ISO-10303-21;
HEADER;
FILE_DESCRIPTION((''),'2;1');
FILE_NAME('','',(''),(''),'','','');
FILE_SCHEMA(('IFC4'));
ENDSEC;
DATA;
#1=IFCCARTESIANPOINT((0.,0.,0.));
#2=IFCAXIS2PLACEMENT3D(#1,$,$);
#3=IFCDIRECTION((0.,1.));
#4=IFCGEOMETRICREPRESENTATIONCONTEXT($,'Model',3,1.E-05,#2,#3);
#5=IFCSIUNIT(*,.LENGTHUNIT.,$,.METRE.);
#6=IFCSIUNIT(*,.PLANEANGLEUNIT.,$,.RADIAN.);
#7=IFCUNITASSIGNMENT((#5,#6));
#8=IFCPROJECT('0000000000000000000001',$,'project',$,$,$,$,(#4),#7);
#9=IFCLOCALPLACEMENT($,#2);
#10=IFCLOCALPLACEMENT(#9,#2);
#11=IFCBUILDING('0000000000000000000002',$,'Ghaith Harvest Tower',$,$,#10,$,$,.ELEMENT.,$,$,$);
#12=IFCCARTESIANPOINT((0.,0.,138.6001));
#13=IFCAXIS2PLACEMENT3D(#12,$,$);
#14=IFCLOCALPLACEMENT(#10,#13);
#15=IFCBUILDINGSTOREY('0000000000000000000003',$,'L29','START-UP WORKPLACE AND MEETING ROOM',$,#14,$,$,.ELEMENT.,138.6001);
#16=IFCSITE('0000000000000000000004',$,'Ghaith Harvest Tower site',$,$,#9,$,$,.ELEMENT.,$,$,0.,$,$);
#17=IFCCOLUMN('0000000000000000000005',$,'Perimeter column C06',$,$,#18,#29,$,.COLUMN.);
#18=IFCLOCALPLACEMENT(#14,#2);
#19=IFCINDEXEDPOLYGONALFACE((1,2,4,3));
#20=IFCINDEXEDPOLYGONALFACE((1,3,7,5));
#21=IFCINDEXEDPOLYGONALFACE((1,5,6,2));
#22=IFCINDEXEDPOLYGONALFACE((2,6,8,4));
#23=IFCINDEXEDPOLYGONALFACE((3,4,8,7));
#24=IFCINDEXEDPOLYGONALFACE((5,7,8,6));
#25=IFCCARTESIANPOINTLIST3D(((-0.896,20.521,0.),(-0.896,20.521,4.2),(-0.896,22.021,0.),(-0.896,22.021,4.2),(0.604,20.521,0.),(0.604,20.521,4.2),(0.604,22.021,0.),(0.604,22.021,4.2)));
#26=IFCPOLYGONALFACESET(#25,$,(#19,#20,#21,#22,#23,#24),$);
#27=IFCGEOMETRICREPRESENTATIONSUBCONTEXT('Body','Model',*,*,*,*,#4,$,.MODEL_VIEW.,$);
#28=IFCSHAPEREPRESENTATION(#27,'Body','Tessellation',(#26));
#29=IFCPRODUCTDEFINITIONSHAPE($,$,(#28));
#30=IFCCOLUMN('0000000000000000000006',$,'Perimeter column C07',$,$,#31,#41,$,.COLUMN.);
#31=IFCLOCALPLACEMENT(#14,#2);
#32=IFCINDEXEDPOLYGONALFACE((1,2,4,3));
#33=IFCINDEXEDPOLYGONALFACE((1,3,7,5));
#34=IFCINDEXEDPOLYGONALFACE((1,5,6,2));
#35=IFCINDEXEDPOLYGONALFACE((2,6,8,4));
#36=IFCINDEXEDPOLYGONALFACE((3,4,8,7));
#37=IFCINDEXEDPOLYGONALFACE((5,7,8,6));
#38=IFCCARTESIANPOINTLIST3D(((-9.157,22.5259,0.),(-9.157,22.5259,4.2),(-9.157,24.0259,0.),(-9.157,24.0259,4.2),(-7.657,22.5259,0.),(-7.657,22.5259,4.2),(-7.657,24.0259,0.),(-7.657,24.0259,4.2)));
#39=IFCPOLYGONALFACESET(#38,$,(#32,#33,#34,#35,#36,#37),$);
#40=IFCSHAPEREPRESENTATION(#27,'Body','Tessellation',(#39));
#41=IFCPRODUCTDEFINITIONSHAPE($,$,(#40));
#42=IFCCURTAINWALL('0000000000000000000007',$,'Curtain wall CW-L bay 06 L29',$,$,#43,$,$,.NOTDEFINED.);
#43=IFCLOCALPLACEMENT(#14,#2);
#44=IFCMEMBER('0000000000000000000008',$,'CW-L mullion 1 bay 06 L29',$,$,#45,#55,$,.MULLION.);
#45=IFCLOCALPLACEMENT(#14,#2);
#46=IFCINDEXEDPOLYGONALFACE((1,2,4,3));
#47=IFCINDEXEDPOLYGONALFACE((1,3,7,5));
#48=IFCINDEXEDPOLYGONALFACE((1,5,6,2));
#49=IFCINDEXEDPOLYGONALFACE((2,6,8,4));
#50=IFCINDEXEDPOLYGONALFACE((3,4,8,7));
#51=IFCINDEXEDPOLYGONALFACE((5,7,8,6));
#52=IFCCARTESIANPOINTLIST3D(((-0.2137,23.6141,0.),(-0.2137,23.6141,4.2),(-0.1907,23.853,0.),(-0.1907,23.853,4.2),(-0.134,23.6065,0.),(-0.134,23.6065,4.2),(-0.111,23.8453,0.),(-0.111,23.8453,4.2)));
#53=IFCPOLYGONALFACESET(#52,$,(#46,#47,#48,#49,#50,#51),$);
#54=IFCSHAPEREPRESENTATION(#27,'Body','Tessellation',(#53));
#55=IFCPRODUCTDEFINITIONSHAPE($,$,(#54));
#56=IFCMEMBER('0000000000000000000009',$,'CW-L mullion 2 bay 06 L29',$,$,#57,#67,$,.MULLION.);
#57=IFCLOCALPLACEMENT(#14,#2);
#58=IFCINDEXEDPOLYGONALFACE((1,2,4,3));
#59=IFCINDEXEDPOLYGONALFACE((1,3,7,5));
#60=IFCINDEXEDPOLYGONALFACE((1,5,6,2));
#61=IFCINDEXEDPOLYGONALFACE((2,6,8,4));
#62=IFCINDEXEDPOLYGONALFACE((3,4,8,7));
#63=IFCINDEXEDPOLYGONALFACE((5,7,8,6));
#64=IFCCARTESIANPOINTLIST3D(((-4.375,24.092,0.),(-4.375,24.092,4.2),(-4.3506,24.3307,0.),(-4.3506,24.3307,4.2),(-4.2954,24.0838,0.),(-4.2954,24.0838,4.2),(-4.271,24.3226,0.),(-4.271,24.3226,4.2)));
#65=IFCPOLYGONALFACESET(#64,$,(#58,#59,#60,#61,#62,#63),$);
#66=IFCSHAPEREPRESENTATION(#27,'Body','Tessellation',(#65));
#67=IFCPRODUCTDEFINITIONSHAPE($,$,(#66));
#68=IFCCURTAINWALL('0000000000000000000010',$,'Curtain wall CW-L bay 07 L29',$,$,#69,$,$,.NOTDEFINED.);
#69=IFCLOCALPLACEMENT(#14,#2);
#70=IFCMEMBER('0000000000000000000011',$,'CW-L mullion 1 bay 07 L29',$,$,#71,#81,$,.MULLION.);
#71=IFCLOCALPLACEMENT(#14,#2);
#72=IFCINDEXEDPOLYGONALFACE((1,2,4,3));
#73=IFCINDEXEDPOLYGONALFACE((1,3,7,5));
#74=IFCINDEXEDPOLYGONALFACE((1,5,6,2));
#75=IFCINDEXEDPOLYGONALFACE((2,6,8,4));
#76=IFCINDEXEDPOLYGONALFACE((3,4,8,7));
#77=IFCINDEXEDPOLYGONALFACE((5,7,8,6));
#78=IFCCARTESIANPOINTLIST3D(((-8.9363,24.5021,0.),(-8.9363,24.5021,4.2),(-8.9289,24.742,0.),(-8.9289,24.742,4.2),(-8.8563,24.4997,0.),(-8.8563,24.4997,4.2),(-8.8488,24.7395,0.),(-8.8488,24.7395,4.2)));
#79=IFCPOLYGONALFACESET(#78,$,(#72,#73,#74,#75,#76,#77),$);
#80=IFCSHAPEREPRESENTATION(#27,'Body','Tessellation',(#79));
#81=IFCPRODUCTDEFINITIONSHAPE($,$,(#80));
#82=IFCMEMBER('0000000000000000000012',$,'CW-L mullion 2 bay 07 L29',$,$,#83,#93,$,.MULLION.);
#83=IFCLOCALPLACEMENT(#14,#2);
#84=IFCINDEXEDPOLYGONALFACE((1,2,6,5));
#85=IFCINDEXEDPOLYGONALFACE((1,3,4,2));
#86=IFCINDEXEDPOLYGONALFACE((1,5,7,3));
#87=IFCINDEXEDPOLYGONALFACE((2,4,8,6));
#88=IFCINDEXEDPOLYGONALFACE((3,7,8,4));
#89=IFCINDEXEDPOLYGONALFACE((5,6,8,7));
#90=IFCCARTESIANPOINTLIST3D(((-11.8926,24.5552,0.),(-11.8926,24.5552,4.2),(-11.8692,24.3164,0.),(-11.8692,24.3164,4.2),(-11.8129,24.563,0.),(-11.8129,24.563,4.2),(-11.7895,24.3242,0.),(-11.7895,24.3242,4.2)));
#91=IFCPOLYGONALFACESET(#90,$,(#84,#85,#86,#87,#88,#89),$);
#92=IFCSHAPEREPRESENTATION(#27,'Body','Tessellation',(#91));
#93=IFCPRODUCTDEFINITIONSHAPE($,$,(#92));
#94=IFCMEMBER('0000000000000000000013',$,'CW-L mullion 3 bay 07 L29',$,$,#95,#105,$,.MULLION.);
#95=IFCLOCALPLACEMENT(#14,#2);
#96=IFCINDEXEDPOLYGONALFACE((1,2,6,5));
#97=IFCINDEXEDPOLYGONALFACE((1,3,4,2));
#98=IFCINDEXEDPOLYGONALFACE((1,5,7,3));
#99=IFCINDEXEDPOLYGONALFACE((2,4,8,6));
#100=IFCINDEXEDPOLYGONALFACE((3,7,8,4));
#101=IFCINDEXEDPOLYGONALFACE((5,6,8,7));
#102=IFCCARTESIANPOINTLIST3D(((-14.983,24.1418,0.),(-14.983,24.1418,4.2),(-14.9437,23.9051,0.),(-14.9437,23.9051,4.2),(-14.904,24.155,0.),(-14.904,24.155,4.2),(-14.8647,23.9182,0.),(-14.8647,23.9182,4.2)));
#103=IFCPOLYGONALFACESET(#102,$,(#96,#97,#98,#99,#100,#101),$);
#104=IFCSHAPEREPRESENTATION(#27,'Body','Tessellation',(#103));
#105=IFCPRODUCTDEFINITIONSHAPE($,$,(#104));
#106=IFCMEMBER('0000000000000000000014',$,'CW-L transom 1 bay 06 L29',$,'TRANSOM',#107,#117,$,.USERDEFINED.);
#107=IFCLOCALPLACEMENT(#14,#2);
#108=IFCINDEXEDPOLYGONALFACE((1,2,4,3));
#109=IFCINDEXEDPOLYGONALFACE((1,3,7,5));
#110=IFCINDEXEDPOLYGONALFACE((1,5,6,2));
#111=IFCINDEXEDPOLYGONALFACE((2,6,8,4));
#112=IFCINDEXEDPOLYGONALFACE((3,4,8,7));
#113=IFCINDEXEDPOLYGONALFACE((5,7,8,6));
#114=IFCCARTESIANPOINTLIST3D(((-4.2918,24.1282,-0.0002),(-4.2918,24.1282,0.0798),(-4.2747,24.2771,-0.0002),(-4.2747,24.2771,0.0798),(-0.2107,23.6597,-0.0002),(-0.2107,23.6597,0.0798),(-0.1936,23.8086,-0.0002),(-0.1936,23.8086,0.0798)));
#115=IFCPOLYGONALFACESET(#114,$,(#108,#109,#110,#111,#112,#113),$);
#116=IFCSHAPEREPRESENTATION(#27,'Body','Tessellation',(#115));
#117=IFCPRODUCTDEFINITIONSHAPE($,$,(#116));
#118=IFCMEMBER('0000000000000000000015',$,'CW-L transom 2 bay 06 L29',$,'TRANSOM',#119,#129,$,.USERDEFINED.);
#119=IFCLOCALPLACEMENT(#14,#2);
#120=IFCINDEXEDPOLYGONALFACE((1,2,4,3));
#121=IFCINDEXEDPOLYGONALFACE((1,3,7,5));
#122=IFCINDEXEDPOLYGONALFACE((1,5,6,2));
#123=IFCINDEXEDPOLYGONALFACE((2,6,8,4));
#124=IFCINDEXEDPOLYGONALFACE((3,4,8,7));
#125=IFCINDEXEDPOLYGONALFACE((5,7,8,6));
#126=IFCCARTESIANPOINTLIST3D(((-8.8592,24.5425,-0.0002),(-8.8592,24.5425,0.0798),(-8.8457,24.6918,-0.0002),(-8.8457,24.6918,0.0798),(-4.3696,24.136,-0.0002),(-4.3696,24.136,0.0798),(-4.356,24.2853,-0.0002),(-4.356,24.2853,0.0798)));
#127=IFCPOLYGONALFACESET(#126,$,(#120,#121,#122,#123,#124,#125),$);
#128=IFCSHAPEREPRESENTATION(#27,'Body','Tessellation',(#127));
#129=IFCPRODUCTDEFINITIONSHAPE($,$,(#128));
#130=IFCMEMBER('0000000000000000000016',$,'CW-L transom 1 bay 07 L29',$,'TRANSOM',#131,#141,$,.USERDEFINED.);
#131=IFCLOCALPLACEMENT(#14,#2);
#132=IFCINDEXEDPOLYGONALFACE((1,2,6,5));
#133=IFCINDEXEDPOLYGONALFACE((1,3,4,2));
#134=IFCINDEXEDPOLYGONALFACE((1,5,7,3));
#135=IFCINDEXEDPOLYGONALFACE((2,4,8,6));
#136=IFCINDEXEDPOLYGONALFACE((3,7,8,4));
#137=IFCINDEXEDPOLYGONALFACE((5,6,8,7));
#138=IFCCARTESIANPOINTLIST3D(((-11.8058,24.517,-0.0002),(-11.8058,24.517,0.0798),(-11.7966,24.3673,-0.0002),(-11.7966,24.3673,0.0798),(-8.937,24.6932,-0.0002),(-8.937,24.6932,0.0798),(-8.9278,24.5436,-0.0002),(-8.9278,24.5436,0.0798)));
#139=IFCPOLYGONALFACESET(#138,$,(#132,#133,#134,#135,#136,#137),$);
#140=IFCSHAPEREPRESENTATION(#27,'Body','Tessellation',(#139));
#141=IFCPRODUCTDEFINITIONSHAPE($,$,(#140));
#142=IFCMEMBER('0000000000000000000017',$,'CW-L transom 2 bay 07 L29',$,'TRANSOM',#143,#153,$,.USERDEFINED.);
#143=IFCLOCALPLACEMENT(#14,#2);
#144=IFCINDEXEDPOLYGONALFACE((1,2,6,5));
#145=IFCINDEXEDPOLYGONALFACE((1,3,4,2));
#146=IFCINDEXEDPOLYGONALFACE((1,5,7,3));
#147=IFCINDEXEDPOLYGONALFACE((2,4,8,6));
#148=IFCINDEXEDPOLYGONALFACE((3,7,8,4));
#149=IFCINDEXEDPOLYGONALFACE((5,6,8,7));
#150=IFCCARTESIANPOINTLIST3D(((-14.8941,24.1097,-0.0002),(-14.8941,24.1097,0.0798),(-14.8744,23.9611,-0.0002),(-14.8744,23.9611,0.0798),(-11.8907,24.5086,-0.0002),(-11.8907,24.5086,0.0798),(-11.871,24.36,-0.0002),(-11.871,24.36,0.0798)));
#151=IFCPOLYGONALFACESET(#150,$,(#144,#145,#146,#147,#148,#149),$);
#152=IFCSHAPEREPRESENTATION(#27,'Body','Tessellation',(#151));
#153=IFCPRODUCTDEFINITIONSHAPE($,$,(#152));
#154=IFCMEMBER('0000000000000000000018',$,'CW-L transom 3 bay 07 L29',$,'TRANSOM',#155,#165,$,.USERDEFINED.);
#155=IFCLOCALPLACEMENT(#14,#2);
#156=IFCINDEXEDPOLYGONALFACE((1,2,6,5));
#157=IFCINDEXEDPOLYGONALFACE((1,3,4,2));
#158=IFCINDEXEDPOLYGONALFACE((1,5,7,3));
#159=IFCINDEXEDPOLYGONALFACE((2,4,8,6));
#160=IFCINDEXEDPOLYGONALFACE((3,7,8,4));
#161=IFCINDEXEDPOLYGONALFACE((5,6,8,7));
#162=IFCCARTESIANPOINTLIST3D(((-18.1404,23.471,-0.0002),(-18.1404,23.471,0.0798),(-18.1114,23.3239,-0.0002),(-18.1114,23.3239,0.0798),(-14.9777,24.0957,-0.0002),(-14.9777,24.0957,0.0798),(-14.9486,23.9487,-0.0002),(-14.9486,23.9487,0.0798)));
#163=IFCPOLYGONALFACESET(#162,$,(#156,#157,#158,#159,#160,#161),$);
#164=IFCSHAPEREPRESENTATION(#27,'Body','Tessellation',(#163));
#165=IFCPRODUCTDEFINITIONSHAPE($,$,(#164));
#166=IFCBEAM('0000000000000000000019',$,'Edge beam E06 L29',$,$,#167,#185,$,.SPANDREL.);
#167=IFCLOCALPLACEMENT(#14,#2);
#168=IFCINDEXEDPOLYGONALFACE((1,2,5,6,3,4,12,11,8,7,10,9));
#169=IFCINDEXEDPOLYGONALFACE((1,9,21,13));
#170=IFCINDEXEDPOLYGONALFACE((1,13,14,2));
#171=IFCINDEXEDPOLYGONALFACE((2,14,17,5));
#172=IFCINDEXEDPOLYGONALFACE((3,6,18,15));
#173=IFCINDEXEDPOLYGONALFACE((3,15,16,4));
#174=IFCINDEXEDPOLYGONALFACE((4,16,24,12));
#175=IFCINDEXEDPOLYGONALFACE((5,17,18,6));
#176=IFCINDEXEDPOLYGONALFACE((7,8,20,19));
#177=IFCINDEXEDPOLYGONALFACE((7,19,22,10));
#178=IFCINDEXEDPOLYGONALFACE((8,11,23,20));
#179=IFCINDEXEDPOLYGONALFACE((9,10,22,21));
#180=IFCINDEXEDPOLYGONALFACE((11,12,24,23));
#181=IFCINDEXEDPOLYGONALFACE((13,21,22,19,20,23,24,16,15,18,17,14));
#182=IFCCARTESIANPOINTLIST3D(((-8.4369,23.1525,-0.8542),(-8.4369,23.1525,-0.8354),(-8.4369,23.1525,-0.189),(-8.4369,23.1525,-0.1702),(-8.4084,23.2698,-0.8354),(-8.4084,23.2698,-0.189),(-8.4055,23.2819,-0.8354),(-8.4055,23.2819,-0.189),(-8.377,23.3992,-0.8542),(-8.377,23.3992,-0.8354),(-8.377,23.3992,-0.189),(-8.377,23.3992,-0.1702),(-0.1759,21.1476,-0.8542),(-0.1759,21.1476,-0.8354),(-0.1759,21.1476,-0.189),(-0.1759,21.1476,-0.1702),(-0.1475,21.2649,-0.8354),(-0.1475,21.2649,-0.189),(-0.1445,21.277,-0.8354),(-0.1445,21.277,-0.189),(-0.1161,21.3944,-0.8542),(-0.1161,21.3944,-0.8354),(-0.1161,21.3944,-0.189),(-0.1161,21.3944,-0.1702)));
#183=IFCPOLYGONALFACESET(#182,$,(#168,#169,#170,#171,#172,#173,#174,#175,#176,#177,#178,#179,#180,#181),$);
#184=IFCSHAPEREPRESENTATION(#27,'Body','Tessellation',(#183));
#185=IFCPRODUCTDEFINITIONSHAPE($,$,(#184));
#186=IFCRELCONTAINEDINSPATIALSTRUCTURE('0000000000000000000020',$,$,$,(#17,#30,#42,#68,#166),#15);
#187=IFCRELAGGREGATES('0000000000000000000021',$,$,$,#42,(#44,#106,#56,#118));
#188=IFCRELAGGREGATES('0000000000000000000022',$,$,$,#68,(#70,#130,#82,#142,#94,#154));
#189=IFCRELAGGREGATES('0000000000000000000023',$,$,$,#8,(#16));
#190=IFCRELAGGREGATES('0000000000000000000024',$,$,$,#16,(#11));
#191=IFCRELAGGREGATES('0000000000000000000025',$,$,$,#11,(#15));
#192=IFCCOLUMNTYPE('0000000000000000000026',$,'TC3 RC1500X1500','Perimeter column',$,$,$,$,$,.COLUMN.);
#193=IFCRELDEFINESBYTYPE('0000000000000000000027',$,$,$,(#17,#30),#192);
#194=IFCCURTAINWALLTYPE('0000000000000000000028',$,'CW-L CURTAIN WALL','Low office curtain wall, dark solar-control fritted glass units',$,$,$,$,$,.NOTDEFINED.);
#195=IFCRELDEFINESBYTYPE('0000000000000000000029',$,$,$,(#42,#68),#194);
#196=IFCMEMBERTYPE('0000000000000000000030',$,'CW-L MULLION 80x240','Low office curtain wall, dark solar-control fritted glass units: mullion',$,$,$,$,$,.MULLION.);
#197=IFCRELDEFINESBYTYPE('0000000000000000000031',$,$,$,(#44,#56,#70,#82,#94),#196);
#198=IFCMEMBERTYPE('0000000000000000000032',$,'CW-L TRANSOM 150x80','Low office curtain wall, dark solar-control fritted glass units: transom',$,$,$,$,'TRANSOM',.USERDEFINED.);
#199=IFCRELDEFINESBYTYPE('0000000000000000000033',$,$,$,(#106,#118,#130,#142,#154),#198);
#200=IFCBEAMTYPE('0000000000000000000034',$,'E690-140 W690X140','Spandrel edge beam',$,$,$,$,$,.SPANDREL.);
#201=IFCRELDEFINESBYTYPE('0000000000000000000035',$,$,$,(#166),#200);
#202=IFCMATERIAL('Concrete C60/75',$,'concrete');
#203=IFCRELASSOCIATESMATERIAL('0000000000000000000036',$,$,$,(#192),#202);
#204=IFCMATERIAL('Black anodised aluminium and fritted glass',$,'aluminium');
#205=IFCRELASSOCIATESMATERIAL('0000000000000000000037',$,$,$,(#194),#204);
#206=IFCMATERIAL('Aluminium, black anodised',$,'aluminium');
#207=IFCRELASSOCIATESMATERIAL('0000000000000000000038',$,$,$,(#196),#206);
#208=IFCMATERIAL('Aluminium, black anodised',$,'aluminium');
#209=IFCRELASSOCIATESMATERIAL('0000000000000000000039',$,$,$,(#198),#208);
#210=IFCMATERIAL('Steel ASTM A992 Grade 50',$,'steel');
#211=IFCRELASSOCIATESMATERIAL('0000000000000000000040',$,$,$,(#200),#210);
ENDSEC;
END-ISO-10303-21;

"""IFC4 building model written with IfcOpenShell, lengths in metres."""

from ifc_helpers import new_model, si_unit, direction, frame, origin, origin_2d, place, context, subcontext, project, spatial, rectangle, i_section, extrude, material, material_profile, profile_set, type_object, element, aggregate, save


model = new_model("IFC4")

# Units and contexts
model_context = context("Model", 3, precision=1e-05, world=origin(), true_north=direction((0.0, 1.0)))
body_context = subcontext(model_context, "Body", "Model", "MODEL_VIEW")
ifc_project = project(units=[si_unit("LENGTHUNIT", "METRE"), si_unit("PLANEANGLEUNIT", "RADIAN")], contexts=[model_context])

# Site, building, storey
site_placement = place(None, origin())
site = spatial("IfcSite", under=ifc_project, at=site_placement, Name="Ghaith Harvest Tower site", CompositionType="ELEMENT", RefElevation=0.0)
building_placement = place(site_placement, origin())
building = spatial("IfcBuilding", under=site, at=building_placement, Name="Ghaith Harvest Tower", CompositionType="ELEMENT")
storey_placement = place(building_placement, frame((0.0, 0.0, 138.6001)))
storey = spatial("IfcBuildingStorey", under=building, at=storey_placement, Name="L29", Description="START-UP WORKPLACE AND MEETING ROOM", CompositionType="ELEMENT", Elevation=138.6001)

# Columns
ifc_material_1 = material(Name="Concrete C60/75", Category="concrete")
ifc_material_profile_1 = material_profile(ifc_material_1, rectangle(XDim=1.5, YDim=1.5, at=origin_2d()), Name="RC1500X1500")
ifc_profile_set_1 = profile_set([ifc_material_profile_1], Name="Concrete C60/75")
column_type = type_object("IfcColumnType", Name="TC3 RC1500X1500", Description="Perimeter column", PredefinedType="COLUMN", material=ifc_profile_set_1)
for number, where, z_axis, x_axis, name in (
    (1, (-0.146, 21.271, 0.0), (0.0, 0.0, 1.0), (1.0, 0.0, 0.0), "Perimeter column C06"),
    (2, (-8.407, 23.2759, 0.0), (0.0, 0.0, 1.0), (1.0, 0.0, 0.0), "Perimeter column C07"),
):
    element("IfcColumn", number, at=place(storey_placement, frame(where, z_axis=z_axis, x_axis=x_axis)), inside=storey, type_object=column_type, Name=name, PredefinedType="COLUMN", context=body_context, shape_type="SweptSolid", body=[
        extrude(rectangle(XDim=1.5, YDim=1.5, at=origin_2d()), origin(), (0.0, 0.0, 1.0), 4.2),
    ])

# Curtain walls, members
ifc_material_2 = material(Name="Black anodised aluminium and fritted glass", Category="aluminium")
curtain_wall_type = type_object("IfcCurtainWallType", Name="CW-L CURTAIN WALL", Description="Low office curtain wall, dark solar-control fritted glass units", PredefinedType="NOTDEFINED", material=ifc_material_2)
curtain_wall_1_placement = place(storey_placement, origin())
curtain_wall_1 = element("IfcCurtainWall", 3, at=curtain_wall_1_placement, inside=storey, type_object=curtain_wall_type, Name="Curtain wall CW-L bay 06 L29", PredefinedType="NOTDEFINED")
ifc_material_3 = material(Name="Aluminium, black anodised", Category="aluminium")
ifc_material_profile_2 = material_profile(ifc_material_3, rectangle(XDim=0.0801, YDim=0.24, at=origin_2d()), Name="CW-L MULLION 80x240")
ifc_profile_set_2 = profile_set([ifc_material_profile_2], Name="Aluminium, black anodised")
member_type_1 = type_object("IfcMemberType", Name="CW-L MULLION 80x240", Description="Low office curtain wall, dark solar-control fritted glass units: mullion", PredefinedType="MULLION", material=ifc_profile_set_2)
member_1_placement = place(storey_placement, frame((-0.1624, 23.7297, 0.0), z_axis=(0.0, 0.0, 1.0), x_axis=(-0.995388, 0.09593, 0.0)))
member_1 = element("IfcMember", 4, at=member_1_placement, type_object=member_type_1, Name="CW-L mullion 1 bay 06 L29", PredefinedType="MULLION", context=body_context, shape_type="SweptSolid", body=[
    extrude(rectangle(XDim=0.0801, YDim=0.24, at=origin_2d()), origin(), (0.0, 0.0, 1.0), 4.2),
])
member_2_placement = place(storey_placement, frame((-4.323, 24.2073, 0.0), z_axis=(0.0, 0.0, 1.0), x_axis=(-0.99483, 0.101551, 0.0)))
member_2 = element("IfcMember", 5, at=member_2_placement, type_object=member_type_1, Name="CW-L mullion 2 bay 06 L29", PredefinedType="MULLION", context=body_context, shape_type="SweptSolid", body=[
    extrude(rectangle(XDim=0.0801, YDim=0.24, at=origin_2d()), origin(), (0.0, 0.0, 1.0), 4.2),
])
curtain_wall_2_placement = place(storey_placement, origin())
curtain_wall_2 = element("IfcCurtainWall", 6, at=curtain_wall_2_placement, inside=storey, type_object=curtain_wall_type, Name="Curtain wall CW-L bay 07 L29", PredefinedType="NOTDEFINED")
member_3_placement = place(storey_placement, frame((-8.8926, 24.6208, 0.0), z_axis=(0.0, 0.0, 1.0), x_axis=(-0.999522, 0.030909, 0.0)))
member_3 = element("IfcMember", 7, at=member_3_placement, type_object=member_type_1, Name="CW-L mullion 1 bay 07 L29", PredefinedType="MULLION", context=body_context, shape_type="SweptSolid", body=[
    extrude(rectangle(XDim=0.0801, YDim=0.24, at=origin_2d()), origin(), (0.0, 0.0, 1.0), 4.2),
])
member_4_placement = place(storey_placement, frame((-11.8411, 24.4397, 0.0), z_axis=(0.0, 0.0, 1.0), x_axis=(-0.995238, -0.09748, 0.0)))
member_4 = element("IfcMember", 8, at=member_4_placement, type_object=member_type_1, Name="CW-L mullion 2 bay 07 L29", PredefinedType="MULLION", context=body_context, shape_type="SweptSolid", body=[
    extrude(rectangle(XDim=0.0801, YDim=0.24, at=origin_2d()), origin(), (0.0, 0.0, 1.0), 4.2),
])
member_5_placement = place(storey_placement, frame((-14.9238, 24.03, 0.0), z_axis=(0.0, 0.0, 1.0), x_axis=(-0.986495, -0.163794, 0.0)))
member_5 = element("IfcMember", 9, at=member_5_placement, type_object=member_type_1, Name="CW-L mullion 3 bay 07 L29", PredefinedType="MULLION", context=body_context, shape_type="SweptSolid", body=[
    extrude(rectangle(XDim=0.0801, YDim=0.24, at=origin_2d()), origin(), (0.0, 0.0, 1.0), 4.2),
])

# Members
ifc_material_4 = material(Name="Aluminium, black anodised", Category="aluminium")
ifc_material_profile_3 = material_profile(ifc_material_4, rectangle(XDim=0.1499, YDim=0.0801, at=origin_2d()), Name="CW-L TRANSOM 150x80")
ifc_profile_set_3 = profile_set([ifc_material_profile_3], Name="Aluminium, black anodised")
member_type_2 = type_object("IfcMemberType", Name="CW-L TRANSOM 150x80", Description="Low office curtain wall, dark solar-control fritted glass units: transom", ElementType="TRANSOM", PredefinedType="USERDEFINED", material=ifc_profile_set_3)
member_6_placement = place(storey_placement, frame((-0.2021, 23.7341, 0.0398), z_axis=(-0.993475, 0.114051, 0.0), x_axis=(-0.114051, -0.993475, 0.0)))
member_6 = element("IfcMember", 10, at=member_6_placement, type_object=member_type_2, Name="CW-L transom 1 bay 06 L29", ObjectType="TRANSOM", PredefinedType="USERDEFINED", context=body_context, shape_type="SweptSolid", body=[
    extrude(rectangle(XDim=0.1499, YDim=0.0801, at=origin_2d()), origin(), (0.0, 0.0, 1.0), 4.1079),
])
member_7_placement = place(storey_placement, frame((-4.3628, 24.2107, 0.0398), z_axis=(-0.995926, 0.09017, 0.0), x_axis=(-0.09017, -0.995926, 0.0)))
member_7 = element("IfcMember", 11, at=member_7_placement, type_object=member_type_2, Name="CW-L transom 2 bay 06 L29", ObjectType="TRANSOM", PredefinedType="USERDEFINED", context=body_context, shape_type="SweptSolid", body=[
    extrude(rectangle(XDim=0.1499, YDim=0.0801, at=origin_2d()), origin(), (0.0, 0.0, 1.0), 4.5081),
])
member_8_placement = place(storey_placement, frame((-8.9324, 24.6184, 0.0398), z_axis=(-0.998118, -0.061326, 0.0), x_axis=(0.061326, -0.998118, 0.0)))
member_8 = element("IfcMember", 12, at=member_8_placement, type_object=member_type_2, Name="CW-L transom 1 bay 07 L29", ObjectType="TRANSOM", PredefinedType="USERDEFINED", context=body_context, shape_type="SweptSolid", body=[
    extrude(rectangle(XDim=0.1499, YDim=0.0801, at=origin_2d()), origin(), (0.0, 0.0, 1.0), 2.8743),
])
member_9_placement = place(storey_placement, frame((-11.8809, 24.4343, 0.0398), z_axis=(-0.991294, -0.131668, 0.0), x_axis=(0.131668, -0.991294, 0.0)))
member_9 = element("IfcMember", 13, at=member_9_placement, type_object=member_type_2, Name="CW-L transom 2 bay 07 L29", ObjectType="TRANSOM", PredefinedType="USERDEFINED", context=body_context, shape_type="SweptSolid", body=[
    extrude(rectangle(XDim=0.1499, YDim=0.0801, at=origin_2d()), origin(), (0.0, 0.0, 1.0), 3.0298),
])
member_10_placement = place(storey_placement, frame((-14.9631, 24.0222, 0.0398), z_axis=(-0.981044, -0.193786, 0.0), x_axis=(0.193786, -0.981044, 0.0)))
member_10 = element("IfcMember", 14, at=member_10_placement, type_object=member_type_2, Name="CW-L transom 3 bay 07 L29", ObjectType="TRANSOM", PredefinedType="USERDEFINED", context=body_context, shape_type="SweptSolid", body=[
    extrude(rectangle(XDim=0.1499, YDim=0.0801, at=origin_2d()), origin(), (0.0, 0.0, 1.0), 3.2239),
])

# Beam
ifc_material_5 = material(Name="Steel ASTM A992 Grade 50", Category="steel")
ifc_material_profile_4 = material_profile(ifc_material_5, i_section(OverallWidth=0.2539, OverallDepth=0.6841, WebThickness=0.0125, FlangeThickness=0.0188, at=origin_2d()), Name="W690X140")
ifc_profile_set_4 = profile_set([ifc_material_profile_4], Name="Steel ASTM A992 Grade 50")
beam_type = type_object("IfcBeamType", Name="E690-140 W690X140", Description="Spandrel edge beam", PredefinedType="SPANDREL", material=ifc_profile_set_4)
beam_1_placement = place(storey_placement, frame((-0.146, 21.271, -0.5122), z_axis=(-0.97179, 0.235847, 0.0), x_axis=(-0.235847, -0.97179, 0.0)))
element("IfcBeam", 15, at=beam_1_placement, inside=storey, type_object=beam_type, Name="Edge beam E06 L29", PredefinedType="SPANDREL", context=body_context, shape_type="SweptSolid", body=[
    extrude(i_section(OverallWidth=0.2539, OverallDepth=0.6841, WebThickness=0.0125, FlangeThickness=0.0188, at=origin_2d()), origin(), (0.0, 0.0, 1.0), 8.5007),
])

aggregate(curtain_wall_1, [member_1, member_6, member_2, member_7])
aggregate(curtain_wall_2, [member_3, member_8, member_4, member_9, member_5, member_10])

save(model, "model.ifc")
